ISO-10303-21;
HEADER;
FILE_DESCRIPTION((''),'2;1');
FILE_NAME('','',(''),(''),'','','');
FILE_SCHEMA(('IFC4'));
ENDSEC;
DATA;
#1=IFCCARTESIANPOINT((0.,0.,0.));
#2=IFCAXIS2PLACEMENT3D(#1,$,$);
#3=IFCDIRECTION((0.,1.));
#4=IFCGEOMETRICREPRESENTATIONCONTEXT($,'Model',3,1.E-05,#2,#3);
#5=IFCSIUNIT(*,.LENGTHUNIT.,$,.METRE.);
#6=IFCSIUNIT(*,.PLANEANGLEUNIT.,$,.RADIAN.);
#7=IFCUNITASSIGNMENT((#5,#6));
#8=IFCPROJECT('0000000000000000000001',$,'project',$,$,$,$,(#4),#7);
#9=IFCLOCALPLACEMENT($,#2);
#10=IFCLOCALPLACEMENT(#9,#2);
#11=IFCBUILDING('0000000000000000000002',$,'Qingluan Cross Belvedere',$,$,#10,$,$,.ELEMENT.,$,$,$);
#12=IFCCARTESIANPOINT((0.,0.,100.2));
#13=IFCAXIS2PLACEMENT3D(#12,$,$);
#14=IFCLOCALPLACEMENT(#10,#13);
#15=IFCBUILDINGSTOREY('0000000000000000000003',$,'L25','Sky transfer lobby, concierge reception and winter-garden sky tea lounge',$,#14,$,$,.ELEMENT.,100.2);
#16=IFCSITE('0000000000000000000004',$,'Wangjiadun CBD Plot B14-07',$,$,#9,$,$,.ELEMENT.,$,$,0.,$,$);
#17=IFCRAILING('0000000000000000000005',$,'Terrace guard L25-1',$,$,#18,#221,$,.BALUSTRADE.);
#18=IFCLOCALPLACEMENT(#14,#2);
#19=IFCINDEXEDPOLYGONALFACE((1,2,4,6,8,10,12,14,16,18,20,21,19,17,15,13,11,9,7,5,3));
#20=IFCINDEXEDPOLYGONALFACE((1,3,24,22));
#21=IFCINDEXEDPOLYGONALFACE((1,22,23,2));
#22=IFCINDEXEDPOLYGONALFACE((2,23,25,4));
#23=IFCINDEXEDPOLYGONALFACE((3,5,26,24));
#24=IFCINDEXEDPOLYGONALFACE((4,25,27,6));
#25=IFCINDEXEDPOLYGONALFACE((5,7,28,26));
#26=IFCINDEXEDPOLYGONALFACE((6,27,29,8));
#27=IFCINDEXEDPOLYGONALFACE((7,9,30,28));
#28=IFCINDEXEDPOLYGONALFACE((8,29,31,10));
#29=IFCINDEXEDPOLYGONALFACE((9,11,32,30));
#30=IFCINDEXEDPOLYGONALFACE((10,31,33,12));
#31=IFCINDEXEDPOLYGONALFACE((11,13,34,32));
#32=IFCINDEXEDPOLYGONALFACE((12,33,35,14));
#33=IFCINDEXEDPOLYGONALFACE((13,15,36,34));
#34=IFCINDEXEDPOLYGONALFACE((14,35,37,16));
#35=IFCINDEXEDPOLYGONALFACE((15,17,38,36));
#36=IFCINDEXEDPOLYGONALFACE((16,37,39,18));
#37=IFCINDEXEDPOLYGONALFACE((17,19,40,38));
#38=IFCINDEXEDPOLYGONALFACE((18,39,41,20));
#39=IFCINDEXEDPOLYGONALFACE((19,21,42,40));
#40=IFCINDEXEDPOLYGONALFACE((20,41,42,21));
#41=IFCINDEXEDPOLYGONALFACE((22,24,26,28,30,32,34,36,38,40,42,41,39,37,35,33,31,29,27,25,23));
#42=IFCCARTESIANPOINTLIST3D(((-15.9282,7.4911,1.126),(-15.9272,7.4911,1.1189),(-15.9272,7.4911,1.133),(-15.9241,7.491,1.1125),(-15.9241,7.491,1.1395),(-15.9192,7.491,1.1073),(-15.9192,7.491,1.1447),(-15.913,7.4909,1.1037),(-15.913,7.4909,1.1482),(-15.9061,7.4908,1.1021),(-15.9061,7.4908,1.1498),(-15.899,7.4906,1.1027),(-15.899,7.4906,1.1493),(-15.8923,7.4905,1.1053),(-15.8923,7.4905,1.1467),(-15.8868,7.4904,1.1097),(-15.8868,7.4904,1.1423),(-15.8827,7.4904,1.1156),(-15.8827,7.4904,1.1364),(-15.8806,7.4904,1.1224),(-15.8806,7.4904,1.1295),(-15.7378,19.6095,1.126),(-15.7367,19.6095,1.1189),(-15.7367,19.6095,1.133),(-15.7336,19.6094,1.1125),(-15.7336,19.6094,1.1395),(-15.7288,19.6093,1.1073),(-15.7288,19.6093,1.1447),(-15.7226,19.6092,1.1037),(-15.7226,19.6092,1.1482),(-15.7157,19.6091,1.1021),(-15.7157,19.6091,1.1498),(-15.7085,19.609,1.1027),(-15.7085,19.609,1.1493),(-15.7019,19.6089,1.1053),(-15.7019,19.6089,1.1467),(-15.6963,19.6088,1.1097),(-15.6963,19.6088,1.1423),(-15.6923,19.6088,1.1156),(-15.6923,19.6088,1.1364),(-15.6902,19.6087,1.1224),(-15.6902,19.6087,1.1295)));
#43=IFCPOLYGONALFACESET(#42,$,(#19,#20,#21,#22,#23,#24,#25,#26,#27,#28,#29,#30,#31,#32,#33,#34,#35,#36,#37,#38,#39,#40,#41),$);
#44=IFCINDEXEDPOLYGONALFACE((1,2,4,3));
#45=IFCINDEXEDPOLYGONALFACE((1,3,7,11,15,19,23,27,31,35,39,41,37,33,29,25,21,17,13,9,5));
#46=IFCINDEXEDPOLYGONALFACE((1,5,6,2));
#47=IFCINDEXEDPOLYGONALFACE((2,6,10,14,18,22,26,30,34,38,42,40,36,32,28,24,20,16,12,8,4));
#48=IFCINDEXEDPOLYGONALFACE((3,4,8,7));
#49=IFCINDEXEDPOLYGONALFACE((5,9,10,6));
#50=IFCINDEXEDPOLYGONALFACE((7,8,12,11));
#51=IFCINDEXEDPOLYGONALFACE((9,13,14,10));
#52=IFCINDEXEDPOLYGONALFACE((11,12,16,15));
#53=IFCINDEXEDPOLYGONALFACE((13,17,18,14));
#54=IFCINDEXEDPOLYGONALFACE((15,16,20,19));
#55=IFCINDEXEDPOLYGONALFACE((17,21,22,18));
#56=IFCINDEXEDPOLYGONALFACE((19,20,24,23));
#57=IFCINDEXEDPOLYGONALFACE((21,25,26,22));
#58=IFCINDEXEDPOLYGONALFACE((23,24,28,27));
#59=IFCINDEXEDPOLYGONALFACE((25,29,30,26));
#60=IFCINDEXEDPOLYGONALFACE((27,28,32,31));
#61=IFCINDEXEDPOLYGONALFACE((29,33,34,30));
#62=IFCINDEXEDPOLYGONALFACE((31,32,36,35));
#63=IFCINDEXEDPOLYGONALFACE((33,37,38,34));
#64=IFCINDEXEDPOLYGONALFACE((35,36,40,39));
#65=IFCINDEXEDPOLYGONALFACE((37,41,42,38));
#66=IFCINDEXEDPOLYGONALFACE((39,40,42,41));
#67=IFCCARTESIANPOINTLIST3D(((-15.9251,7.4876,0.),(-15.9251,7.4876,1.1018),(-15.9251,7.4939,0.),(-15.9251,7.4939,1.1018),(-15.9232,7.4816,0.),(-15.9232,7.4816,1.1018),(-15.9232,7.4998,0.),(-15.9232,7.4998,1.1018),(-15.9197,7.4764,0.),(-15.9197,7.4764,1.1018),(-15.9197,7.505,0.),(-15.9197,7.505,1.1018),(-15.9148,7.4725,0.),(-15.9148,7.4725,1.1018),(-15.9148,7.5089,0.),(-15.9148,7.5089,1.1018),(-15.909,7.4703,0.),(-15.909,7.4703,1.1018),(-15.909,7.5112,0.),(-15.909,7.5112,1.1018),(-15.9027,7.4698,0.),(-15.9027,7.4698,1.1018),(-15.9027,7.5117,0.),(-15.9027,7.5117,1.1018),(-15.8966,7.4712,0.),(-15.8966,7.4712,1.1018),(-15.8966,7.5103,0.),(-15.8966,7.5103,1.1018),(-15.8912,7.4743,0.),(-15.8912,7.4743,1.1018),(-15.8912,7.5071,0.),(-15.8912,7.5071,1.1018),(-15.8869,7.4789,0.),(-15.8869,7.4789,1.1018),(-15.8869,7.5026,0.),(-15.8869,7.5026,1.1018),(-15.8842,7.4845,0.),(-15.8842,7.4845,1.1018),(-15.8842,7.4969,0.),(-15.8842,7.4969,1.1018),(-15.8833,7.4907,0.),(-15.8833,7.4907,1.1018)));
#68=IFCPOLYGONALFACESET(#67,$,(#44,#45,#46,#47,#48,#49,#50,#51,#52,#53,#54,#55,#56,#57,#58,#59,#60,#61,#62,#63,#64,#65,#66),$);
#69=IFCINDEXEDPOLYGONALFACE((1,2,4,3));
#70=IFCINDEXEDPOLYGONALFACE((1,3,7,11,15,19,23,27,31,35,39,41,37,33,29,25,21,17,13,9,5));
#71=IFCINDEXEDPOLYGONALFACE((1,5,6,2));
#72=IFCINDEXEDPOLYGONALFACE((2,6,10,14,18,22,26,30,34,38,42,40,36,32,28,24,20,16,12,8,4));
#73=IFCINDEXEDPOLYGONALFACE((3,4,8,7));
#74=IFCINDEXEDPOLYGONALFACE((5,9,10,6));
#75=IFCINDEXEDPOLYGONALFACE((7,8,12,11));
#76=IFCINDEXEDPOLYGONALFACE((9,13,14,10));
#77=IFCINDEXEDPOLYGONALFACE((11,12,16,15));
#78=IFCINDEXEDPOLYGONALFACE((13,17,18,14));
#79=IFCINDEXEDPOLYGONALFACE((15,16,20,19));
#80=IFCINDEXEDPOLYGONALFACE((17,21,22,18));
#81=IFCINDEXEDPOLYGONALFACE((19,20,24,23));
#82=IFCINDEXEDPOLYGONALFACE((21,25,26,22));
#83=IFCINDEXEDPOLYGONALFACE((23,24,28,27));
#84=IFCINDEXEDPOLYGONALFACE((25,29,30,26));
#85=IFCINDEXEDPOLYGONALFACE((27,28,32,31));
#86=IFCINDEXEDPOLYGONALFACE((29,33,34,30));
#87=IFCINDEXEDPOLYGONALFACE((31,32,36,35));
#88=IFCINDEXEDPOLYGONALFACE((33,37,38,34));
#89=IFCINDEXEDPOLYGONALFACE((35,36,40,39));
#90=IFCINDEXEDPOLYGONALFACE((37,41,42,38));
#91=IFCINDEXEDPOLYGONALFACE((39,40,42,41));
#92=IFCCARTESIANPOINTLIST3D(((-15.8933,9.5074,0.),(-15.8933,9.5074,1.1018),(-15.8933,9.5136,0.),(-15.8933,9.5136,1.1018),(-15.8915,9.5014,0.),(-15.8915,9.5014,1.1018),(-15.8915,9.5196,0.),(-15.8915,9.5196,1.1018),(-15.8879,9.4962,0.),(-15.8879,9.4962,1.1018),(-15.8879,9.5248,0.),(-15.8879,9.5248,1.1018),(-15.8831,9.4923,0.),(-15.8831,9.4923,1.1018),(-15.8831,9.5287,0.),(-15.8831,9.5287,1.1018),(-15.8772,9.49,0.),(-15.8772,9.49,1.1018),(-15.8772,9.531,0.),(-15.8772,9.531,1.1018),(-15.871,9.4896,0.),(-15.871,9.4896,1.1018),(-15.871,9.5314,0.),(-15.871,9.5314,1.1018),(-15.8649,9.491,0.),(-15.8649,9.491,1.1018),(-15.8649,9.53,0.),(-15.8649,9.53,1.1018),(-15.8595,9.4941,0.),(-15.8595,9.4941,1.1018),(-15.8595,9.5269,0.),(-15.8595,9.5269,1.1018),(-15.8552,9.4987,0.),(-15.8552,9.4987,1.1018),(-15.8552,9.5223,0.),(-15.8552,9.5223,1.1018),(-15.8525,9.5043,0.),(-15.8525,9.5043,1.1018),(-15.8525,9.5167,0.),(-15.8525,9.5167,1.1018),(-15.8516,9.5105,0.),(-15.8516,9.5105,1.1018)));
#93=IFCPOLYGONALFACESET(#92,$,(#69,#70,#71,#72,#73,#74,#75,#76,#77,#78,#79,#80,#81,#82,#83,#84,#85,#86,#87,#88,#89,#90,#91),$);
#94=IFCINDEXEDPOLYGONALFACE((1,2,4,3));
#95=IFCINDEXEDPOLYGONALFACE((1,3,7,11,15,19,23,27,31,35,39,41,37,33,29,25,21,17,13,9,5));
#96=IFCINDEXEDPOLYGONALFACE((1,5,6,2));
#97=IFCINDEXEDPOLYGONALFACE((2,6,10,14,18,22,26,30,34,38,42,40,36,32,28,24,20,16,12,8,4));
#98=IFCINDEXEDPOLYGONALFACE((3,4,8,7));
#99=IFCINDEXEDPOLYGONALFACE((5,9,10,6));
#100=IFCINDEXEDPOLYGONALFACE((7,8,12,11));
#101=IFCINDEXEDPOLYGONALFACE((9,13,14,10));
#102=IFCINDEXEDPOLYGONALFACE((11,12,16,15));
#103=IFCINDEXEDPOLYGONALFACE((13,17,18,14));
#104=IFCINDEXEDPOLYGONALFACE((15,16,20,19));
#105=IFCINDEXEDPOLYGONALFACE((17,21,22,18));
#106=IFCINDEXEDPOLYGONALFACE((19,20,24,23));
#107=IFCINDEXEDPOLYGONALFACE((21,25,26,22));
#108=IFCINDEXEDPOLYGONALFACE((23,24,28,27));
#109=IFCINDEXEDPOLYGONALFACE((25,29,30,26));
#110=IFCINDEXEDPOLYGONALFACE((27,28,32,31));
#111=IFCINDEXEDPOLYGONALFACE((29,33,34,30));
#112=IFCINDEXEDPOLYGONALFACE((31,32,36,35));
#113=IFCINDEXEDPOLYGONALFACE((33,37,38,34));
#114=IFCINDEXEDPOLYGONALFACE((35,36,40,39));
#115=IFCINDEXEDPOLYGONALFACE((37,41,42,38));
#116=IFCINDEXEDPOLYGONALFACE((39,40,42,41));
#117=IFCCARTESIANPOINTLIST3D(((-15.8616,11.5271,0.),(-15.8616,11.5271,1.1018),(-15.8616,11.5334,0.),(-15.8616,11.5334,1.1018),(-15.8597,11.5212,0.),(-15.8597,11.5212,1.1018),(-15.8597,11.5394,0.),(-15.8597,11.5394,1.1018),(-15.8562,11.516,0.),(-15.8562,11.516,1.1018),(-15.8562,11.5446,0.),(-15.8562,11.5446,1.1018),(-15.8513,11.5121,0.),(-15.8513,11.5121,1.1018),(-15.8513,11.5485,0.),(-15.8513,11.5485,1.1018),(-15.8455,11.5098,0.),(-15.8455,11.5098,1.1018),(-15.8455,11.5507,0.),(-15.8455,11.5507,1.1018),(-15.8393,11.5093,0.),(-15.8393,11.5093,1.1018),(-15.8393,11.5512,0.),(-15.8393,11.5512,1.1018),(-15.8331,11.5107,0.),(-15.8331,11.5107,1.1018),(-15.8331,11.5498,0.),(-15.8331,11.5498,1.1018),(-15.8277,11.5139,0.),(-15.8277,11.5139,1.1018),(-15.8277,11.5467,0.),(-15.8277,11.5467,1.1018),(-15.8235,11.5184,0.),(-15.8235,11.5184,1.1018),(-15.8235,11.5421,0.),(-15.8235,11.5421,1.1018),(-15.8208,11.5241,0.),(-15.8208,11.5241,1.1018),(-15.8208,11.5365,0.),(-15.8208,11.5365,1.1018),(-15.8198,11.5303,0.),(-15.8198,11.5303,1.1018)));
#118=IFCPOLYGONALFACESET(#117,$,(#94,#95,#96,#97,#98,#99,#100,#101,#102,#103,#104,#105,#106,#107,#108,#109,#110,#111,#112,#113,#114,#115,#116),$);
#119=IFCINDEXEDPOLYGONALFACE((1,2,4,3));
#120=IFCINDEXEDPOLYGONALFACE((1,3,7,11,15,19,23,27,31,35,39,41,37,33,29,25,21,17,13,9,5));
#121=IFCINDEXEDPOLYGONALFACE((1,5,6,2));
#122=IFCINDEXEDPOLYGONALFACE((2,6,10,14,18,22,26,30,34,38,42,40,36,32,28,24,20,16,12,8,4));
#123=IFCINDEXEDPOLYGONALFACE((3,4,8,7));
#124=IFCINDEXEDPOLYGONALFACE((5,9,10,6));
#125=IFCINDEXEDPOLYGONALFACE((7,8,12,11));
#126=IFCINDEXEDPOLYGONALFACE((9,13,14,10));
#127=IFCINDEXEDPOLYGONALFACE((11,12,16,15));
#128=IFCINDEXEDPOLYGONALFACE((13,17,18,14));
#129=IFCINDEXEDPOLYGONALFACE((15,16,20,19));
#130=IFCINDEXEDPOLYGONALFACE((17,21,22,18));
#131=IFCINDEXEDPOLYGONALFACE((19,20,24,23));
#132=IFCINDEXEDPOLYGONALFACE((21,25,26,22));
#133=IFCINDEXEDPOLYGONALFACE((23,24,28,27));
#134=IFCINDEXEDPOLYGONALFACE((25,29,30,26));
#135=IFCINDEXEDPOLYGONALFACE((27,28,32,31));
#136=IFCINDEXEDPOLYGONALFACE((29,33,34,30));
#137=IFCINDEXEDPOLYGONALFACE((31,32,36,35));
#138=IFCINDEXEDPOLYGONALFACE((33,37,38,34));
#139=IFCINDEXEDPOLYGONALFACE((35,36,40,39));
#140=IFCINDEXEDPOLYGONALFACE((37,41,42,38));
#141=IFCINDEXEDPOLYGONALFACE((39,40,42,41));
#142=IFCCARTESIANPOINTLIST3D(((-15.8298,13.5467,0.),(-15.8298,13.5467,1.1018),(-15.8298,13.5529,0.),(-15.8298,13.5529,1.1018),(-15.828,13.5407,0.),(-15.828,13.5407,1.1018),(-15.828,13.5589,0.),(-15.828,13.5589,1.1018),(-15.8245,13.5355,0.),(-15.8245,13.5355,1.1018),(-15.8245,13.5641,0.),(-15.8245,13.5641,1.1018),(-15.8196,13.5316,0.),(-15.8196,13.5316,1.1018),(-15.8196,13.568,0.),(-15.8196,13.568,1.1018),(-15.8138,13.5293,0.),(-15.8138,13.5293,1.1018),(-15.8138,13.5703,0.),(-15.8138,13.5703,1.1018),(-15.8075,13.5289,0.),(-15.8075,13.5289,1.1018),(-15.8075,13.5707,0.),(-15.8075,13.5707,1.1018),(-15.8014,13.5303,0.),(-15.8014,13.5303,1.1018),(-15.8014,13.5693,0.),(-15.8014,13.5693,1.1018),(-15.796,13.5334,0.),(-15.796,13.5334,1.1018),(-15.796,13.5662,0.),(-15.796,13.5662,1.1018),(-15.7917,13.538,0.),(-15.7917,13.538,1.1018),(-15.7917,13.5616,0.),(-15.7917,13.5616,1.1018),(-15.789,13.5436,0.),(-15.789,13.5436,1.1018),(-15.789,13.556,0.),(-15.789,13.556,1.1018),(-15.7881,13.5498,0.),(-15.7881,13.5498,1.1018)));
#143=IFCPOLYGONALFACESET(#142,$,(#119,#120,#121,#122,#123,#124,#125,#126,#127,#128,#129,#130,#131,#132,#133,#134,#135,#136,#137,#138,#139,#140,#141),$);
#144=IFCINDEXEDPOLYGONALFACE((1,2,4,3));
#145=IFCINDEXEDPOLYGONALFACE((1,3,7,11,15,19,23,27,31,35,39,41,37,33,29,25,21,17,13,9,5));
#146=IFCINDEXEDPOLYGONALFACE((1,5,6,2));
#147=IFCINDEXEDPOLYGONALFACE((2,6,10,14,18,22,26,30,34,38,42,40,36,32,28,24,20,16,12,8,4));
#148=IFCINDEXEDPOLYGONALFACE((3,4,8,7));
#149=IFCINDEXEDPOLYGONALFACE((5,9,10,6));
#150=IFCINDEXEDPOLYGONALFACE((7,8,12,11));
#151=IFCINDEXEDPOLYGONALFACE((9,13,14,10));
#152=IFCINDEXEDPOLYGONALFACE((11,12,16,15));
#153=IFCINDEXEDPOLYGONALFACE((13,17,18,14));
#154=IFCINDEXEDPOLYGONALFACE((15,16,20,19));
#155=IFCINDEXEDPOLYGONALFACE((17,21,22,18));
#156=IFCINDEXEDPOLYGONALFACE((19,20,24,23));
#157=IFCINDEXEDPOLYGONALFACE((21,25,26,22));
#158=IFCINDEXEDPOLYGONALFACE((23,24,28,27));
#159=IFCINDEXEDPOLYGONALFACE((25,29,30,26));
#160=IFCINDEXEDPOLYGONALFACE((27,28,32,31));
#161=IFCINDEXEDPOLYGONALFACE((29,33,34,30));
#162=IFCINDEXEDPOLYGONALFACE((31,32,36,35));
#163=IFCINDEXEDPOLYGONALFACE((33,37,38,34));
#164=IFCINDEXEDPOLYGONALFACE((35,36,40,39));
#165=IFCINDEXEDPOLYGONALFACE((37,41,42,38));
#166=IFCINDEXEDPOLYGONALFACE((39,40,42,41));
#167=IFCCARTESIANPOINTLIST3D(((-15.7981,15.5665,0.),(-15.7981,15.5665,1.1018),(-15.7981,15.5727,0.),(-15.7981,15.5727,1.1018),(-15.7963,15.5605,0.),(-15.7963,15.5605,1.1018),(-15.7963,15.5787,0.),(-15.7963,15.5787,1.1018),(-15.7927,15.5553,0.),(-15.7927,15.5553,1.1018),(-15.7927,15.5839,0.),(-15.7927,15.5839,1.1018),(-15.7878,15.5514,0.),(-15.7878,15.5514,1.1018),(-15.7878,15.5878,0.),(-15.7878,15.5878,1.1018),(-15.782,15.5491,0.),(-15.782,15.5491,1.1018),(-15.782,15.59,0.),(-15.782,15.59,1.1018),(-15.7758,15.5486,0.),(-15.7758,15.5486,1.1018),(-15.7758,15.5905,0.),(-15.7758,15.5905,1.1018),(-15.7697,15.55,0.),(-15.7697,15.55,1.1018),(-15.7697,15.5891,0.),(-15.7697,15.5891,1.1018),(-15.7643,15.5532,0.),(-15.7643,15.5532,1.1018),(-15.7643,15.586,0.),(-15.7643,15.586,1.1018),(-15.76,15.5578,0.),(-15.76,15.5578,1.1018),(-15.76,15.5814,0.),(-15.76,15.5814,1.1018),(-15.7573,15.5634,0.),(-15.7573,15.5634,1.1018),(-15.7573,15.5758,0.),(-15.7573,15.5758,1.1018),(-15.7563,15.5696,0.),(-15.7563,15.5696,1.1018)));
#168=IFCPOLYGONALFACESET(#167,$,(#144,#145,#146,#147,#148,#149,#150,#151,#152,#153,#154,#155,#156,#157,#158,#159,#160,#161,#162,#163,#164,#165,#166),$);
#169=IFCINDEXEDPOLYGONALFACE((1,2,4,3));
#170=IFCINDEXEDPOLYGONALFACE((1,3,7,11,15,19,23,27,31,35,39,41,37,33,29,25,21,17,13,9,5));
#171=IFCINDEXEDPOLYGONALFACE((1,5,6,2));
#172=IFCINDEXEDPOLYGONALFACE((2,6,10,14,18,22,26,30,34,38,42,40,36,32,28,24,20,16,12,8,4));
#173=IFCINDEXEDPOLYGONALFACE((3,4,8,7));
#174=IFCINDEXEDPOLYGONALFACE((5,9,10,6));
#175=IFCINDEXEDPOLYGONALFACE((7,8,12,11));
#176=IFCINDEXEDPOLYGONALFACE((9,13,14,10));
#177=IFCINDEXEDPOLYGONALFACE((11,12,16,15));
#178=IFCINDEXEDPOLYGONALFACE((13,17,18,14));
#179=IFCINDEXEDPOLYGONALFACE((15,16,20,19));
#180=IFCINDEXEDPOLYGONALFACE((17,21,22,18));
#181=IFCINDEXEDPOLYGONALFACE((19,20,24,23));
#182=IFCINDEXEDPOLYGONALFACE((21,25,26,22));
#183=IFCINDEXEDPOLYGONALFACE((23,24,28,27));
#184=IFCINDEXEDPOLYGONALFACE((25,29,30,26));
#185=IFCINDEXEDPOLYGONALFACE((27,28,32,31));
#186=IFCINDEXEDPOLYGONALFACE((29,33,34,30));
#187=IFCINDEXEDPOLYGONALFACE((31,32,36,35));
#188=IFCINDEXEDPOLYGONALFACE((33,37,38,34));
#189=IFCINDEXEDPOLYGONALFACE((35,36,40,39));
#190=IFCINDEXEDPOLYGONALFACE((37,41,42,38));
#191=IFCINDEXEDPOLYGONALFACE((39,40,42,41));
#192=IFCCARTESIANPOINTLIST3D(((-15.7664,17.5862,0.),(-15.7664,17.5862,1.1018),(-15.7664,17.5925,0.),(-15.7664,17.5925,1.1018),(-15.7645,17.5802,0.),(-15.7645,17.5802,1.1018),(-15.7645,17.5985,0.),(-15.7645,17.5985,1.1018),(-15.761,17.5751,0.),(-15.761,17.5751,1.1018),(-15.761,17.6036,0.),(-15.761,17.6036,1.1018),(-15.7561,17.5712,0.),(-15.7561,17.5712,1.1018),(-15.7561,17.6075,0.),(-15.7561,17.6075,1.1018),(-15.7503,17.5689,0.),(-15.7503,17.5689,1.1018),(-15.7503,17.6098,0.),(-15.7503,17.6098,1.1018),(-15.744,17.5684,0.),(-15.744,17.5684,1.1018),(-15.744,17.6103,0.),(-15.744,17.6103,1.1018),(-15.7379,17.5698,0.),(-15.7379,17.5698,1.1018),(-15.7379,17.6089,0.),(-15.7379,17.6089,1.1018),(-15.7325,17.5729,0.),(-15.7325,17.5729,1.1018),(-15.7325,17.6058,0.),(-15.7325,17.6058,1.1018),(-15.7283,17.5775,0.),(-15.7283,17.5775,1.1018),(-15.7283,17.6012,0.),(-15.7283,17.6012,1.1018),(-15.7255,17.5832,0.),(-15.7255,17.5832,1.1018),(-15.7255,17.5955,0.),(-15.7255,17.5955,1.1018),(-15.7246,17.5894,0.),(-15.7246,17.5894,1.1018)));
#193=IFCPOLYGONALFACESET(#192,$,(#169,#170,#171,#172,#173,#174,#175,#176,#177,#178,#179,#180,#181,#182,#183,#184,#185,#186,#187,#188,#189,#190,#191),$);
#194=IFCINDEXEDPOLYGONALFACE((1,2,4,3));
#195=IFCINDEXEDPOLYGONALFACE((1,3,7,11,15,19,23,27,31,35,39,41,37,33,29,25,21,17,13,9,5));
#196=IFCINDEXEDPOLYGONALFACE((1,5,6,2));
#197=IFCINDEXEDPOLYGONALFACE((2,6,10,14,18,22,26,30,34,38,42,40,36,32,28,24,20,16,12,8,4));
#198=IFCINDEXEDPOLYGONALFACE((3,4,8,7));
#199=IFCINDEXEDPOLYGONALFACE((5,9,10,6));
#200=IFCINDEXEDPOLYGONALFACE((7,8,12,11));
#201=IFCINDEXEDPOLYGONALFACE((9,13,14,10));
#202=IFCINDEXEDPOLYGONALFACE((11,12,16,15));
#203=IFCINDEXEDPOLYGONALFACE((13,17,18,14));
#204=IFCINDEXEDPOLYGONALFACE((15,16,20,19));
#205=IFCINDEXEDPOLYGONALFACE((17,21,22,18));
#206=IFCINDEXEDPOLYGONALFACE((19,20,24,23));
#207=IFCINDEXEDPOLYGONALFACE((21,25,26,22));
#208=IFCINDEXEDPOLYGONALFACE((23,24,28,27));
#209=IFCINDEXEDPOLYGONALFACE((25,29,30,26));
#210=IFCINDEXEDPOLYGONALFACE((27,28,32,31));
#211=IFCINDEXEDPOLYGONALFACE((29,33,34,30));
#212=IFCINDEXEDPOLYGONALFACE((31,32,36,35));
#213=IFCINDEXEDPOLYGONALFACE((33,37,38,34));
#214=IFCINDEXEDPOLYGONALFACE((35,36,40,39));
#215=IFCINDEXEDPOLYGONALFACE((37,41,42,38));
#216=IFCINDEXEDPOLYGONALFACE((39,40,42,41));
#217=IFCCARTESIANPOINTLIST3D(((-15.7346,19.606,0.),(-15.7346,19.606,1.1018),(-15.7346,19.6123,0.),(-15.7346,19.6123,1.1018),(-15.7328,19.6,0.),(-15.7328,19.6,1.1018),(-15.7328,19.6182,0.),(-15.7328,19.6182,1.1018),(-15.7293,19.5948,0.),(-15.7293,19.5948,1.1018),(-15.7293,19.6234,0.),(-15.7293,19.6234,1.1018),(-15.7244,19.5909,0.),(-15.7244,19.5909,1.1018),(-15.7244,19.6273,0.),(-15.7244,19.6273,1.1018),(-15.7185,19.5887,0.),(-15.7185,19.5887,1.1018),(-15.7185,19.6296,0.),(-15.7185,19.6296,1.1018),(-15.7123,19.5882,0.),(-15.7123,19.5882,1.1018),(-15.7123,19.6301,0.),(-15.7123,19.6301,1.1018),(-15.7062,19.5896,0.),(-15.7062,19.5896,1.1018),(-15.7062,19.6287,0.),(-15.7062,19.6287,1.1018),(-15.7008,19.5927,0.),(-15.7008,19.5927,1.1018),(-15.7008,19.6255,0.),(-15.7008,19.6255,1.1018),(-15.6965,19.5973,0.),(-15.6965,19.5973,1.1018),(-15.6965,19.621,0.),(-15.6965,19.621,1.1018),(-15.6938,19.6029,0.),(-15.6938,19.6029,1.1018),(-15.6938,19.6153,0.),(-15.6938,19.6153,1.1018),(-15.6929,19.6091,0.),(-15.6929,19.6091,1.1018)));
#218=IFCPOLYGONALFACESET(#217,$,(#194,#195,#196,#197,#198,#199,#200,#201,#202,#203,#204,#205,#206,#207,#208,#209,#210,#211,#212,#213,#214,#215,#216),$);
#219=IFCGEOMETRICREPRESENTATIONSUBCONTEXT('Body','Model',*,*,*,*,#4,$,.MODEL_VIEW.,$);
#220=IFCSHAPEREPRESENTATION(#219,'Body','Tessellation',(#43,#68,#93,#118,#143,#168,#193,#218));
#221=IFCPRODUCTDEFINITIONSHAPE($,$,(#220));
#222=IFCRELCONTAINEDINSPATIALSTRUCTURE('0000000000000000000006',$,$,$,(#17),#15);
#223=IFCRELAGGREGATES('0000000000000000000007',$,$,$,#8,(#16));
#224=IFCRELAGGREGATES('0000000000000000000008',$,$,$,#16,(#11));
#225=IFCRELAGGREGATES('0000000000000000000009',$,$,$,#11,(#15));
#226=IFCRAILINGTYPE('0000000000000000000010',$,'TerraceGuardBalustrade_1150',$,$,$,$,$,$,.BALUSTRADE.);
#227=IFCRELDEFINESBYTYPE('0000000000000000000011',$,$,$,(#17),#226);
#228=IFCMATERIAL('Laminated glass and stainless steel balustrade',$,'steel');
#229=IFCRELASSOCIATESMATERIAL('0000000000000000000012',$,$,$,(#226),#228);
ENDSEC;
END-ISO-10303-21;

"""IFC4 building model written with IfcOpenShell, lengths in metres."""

from ifc_helpers import new_model, si_unit, direction, frame, origin, origin_2d, place, context, subcontext, project, spatial, circle, extrude, material, type_object, element, save


model = new_model("IFC4")

# Units and contexts
model_context = context("Model", 3, precision=1e-05, world=origin(), true_north=direction((0.0, 1.0)))
body_context = subcontext(model_context, "Body", "Model", "MODEL_VIEW")
ifc_project = project(units=[si_unit("LENGTHUNIT", "METRE"), si_unit("PLANEANGLEUNIT", "RADIAN")], contexts=[model_context])

# Site, building, storey
site_placement = place(None, origin())
site = spatial("IfcSite", under=ifc_project, at=site_placement, Name="Wangjiadun CBD Plot B14-07", CompositionType="ELEMENT", RefElevation=0.0)
building_placement = place(site_placement, origin())
building = spatial("IfcBuilding", under=site, at=building_placement, Name="Qingluan Cross Belvedere", CompositionType="ELEMENT")
storey_placement = place(building_placement, frame((0.0, 0.0, 100.2)))
storey = spatial("IfcBuildingStorey", under=building, at=storey_placement, Name="L25", Description="Sky transfer lobby, concierge reception and winter-garden sky tea lounge", CompositionType="ELEMENT", Elevation=100.2)

# Railing
ifc_material_1 = material(Name="Laminated glass and stainless steel balustrade", Category="steel")
railing_type = type_object("IfcRailingType", Name="TerraceGuardBalustrade_1150", PredefinedType="BALUSTRADE", material=ifc_material_1)
railing_placement = place(storey_placement, frame((-15.9043, 7.4907, 0.0)))
element("IfcRailing", 1, at=railing_placement, inside=storey, type_object=railing_type, Name="Terrace guard L25-1", PredefinedType="BALUSTRADE", context=body_context, shape_type="SweptSolid", body=[
    extrude(circle(Radius=0.0239, at=origin_2d()), frame((0.0, 0.0, 1.126), z_axis=(0.015712, 0.999877, 0.0), x_axis=(-0.999877, 0.015712, 0.0)), (0.0, 0.0, 1.0), 12.1199),
    extrude(circle(Radius=0.021, at=origin_2d()), origin(), (0.0, 0.0, 1.0), 1.1018),
    extrude(circle(Radius=0.021, at=origin_2d()), frame((0.0317, 2.0198, 0.0)), (0.0, 0.0, 1.0), 1.1018),
    extrude(circle(Radius=0.021, at=origin_2d()), frame((0.0635, 4.0396, 0.0)), (0.0, 0.0, 1.0), 1.1018),
    extrude(circle(Radius=0.021, at=origin_2d()), frame((0.0952, 6.0591, 0.0)), (0.0, 0.0, 1.0), 1.1018),
    extrude(circle(Radius=0.021, at=origin_2d()), frame((0.127, 8.0789, 0.0)), (0.0, 0.0, 1.0), 1.1018),
    extrude(circle(Radius=0.021, at=origin_2d()), frame((0.1587, 10.0986, 0.0)), (0.0, 0.0, 1.0), 1.1018),
    extrude(circle(Radius=0.021, at=origin_2d()), frame((0.1904, 12.1184, 0.0)), (0.0, 0.0, 1.0), 1.1018),
])

save(model, "model.ifc")
